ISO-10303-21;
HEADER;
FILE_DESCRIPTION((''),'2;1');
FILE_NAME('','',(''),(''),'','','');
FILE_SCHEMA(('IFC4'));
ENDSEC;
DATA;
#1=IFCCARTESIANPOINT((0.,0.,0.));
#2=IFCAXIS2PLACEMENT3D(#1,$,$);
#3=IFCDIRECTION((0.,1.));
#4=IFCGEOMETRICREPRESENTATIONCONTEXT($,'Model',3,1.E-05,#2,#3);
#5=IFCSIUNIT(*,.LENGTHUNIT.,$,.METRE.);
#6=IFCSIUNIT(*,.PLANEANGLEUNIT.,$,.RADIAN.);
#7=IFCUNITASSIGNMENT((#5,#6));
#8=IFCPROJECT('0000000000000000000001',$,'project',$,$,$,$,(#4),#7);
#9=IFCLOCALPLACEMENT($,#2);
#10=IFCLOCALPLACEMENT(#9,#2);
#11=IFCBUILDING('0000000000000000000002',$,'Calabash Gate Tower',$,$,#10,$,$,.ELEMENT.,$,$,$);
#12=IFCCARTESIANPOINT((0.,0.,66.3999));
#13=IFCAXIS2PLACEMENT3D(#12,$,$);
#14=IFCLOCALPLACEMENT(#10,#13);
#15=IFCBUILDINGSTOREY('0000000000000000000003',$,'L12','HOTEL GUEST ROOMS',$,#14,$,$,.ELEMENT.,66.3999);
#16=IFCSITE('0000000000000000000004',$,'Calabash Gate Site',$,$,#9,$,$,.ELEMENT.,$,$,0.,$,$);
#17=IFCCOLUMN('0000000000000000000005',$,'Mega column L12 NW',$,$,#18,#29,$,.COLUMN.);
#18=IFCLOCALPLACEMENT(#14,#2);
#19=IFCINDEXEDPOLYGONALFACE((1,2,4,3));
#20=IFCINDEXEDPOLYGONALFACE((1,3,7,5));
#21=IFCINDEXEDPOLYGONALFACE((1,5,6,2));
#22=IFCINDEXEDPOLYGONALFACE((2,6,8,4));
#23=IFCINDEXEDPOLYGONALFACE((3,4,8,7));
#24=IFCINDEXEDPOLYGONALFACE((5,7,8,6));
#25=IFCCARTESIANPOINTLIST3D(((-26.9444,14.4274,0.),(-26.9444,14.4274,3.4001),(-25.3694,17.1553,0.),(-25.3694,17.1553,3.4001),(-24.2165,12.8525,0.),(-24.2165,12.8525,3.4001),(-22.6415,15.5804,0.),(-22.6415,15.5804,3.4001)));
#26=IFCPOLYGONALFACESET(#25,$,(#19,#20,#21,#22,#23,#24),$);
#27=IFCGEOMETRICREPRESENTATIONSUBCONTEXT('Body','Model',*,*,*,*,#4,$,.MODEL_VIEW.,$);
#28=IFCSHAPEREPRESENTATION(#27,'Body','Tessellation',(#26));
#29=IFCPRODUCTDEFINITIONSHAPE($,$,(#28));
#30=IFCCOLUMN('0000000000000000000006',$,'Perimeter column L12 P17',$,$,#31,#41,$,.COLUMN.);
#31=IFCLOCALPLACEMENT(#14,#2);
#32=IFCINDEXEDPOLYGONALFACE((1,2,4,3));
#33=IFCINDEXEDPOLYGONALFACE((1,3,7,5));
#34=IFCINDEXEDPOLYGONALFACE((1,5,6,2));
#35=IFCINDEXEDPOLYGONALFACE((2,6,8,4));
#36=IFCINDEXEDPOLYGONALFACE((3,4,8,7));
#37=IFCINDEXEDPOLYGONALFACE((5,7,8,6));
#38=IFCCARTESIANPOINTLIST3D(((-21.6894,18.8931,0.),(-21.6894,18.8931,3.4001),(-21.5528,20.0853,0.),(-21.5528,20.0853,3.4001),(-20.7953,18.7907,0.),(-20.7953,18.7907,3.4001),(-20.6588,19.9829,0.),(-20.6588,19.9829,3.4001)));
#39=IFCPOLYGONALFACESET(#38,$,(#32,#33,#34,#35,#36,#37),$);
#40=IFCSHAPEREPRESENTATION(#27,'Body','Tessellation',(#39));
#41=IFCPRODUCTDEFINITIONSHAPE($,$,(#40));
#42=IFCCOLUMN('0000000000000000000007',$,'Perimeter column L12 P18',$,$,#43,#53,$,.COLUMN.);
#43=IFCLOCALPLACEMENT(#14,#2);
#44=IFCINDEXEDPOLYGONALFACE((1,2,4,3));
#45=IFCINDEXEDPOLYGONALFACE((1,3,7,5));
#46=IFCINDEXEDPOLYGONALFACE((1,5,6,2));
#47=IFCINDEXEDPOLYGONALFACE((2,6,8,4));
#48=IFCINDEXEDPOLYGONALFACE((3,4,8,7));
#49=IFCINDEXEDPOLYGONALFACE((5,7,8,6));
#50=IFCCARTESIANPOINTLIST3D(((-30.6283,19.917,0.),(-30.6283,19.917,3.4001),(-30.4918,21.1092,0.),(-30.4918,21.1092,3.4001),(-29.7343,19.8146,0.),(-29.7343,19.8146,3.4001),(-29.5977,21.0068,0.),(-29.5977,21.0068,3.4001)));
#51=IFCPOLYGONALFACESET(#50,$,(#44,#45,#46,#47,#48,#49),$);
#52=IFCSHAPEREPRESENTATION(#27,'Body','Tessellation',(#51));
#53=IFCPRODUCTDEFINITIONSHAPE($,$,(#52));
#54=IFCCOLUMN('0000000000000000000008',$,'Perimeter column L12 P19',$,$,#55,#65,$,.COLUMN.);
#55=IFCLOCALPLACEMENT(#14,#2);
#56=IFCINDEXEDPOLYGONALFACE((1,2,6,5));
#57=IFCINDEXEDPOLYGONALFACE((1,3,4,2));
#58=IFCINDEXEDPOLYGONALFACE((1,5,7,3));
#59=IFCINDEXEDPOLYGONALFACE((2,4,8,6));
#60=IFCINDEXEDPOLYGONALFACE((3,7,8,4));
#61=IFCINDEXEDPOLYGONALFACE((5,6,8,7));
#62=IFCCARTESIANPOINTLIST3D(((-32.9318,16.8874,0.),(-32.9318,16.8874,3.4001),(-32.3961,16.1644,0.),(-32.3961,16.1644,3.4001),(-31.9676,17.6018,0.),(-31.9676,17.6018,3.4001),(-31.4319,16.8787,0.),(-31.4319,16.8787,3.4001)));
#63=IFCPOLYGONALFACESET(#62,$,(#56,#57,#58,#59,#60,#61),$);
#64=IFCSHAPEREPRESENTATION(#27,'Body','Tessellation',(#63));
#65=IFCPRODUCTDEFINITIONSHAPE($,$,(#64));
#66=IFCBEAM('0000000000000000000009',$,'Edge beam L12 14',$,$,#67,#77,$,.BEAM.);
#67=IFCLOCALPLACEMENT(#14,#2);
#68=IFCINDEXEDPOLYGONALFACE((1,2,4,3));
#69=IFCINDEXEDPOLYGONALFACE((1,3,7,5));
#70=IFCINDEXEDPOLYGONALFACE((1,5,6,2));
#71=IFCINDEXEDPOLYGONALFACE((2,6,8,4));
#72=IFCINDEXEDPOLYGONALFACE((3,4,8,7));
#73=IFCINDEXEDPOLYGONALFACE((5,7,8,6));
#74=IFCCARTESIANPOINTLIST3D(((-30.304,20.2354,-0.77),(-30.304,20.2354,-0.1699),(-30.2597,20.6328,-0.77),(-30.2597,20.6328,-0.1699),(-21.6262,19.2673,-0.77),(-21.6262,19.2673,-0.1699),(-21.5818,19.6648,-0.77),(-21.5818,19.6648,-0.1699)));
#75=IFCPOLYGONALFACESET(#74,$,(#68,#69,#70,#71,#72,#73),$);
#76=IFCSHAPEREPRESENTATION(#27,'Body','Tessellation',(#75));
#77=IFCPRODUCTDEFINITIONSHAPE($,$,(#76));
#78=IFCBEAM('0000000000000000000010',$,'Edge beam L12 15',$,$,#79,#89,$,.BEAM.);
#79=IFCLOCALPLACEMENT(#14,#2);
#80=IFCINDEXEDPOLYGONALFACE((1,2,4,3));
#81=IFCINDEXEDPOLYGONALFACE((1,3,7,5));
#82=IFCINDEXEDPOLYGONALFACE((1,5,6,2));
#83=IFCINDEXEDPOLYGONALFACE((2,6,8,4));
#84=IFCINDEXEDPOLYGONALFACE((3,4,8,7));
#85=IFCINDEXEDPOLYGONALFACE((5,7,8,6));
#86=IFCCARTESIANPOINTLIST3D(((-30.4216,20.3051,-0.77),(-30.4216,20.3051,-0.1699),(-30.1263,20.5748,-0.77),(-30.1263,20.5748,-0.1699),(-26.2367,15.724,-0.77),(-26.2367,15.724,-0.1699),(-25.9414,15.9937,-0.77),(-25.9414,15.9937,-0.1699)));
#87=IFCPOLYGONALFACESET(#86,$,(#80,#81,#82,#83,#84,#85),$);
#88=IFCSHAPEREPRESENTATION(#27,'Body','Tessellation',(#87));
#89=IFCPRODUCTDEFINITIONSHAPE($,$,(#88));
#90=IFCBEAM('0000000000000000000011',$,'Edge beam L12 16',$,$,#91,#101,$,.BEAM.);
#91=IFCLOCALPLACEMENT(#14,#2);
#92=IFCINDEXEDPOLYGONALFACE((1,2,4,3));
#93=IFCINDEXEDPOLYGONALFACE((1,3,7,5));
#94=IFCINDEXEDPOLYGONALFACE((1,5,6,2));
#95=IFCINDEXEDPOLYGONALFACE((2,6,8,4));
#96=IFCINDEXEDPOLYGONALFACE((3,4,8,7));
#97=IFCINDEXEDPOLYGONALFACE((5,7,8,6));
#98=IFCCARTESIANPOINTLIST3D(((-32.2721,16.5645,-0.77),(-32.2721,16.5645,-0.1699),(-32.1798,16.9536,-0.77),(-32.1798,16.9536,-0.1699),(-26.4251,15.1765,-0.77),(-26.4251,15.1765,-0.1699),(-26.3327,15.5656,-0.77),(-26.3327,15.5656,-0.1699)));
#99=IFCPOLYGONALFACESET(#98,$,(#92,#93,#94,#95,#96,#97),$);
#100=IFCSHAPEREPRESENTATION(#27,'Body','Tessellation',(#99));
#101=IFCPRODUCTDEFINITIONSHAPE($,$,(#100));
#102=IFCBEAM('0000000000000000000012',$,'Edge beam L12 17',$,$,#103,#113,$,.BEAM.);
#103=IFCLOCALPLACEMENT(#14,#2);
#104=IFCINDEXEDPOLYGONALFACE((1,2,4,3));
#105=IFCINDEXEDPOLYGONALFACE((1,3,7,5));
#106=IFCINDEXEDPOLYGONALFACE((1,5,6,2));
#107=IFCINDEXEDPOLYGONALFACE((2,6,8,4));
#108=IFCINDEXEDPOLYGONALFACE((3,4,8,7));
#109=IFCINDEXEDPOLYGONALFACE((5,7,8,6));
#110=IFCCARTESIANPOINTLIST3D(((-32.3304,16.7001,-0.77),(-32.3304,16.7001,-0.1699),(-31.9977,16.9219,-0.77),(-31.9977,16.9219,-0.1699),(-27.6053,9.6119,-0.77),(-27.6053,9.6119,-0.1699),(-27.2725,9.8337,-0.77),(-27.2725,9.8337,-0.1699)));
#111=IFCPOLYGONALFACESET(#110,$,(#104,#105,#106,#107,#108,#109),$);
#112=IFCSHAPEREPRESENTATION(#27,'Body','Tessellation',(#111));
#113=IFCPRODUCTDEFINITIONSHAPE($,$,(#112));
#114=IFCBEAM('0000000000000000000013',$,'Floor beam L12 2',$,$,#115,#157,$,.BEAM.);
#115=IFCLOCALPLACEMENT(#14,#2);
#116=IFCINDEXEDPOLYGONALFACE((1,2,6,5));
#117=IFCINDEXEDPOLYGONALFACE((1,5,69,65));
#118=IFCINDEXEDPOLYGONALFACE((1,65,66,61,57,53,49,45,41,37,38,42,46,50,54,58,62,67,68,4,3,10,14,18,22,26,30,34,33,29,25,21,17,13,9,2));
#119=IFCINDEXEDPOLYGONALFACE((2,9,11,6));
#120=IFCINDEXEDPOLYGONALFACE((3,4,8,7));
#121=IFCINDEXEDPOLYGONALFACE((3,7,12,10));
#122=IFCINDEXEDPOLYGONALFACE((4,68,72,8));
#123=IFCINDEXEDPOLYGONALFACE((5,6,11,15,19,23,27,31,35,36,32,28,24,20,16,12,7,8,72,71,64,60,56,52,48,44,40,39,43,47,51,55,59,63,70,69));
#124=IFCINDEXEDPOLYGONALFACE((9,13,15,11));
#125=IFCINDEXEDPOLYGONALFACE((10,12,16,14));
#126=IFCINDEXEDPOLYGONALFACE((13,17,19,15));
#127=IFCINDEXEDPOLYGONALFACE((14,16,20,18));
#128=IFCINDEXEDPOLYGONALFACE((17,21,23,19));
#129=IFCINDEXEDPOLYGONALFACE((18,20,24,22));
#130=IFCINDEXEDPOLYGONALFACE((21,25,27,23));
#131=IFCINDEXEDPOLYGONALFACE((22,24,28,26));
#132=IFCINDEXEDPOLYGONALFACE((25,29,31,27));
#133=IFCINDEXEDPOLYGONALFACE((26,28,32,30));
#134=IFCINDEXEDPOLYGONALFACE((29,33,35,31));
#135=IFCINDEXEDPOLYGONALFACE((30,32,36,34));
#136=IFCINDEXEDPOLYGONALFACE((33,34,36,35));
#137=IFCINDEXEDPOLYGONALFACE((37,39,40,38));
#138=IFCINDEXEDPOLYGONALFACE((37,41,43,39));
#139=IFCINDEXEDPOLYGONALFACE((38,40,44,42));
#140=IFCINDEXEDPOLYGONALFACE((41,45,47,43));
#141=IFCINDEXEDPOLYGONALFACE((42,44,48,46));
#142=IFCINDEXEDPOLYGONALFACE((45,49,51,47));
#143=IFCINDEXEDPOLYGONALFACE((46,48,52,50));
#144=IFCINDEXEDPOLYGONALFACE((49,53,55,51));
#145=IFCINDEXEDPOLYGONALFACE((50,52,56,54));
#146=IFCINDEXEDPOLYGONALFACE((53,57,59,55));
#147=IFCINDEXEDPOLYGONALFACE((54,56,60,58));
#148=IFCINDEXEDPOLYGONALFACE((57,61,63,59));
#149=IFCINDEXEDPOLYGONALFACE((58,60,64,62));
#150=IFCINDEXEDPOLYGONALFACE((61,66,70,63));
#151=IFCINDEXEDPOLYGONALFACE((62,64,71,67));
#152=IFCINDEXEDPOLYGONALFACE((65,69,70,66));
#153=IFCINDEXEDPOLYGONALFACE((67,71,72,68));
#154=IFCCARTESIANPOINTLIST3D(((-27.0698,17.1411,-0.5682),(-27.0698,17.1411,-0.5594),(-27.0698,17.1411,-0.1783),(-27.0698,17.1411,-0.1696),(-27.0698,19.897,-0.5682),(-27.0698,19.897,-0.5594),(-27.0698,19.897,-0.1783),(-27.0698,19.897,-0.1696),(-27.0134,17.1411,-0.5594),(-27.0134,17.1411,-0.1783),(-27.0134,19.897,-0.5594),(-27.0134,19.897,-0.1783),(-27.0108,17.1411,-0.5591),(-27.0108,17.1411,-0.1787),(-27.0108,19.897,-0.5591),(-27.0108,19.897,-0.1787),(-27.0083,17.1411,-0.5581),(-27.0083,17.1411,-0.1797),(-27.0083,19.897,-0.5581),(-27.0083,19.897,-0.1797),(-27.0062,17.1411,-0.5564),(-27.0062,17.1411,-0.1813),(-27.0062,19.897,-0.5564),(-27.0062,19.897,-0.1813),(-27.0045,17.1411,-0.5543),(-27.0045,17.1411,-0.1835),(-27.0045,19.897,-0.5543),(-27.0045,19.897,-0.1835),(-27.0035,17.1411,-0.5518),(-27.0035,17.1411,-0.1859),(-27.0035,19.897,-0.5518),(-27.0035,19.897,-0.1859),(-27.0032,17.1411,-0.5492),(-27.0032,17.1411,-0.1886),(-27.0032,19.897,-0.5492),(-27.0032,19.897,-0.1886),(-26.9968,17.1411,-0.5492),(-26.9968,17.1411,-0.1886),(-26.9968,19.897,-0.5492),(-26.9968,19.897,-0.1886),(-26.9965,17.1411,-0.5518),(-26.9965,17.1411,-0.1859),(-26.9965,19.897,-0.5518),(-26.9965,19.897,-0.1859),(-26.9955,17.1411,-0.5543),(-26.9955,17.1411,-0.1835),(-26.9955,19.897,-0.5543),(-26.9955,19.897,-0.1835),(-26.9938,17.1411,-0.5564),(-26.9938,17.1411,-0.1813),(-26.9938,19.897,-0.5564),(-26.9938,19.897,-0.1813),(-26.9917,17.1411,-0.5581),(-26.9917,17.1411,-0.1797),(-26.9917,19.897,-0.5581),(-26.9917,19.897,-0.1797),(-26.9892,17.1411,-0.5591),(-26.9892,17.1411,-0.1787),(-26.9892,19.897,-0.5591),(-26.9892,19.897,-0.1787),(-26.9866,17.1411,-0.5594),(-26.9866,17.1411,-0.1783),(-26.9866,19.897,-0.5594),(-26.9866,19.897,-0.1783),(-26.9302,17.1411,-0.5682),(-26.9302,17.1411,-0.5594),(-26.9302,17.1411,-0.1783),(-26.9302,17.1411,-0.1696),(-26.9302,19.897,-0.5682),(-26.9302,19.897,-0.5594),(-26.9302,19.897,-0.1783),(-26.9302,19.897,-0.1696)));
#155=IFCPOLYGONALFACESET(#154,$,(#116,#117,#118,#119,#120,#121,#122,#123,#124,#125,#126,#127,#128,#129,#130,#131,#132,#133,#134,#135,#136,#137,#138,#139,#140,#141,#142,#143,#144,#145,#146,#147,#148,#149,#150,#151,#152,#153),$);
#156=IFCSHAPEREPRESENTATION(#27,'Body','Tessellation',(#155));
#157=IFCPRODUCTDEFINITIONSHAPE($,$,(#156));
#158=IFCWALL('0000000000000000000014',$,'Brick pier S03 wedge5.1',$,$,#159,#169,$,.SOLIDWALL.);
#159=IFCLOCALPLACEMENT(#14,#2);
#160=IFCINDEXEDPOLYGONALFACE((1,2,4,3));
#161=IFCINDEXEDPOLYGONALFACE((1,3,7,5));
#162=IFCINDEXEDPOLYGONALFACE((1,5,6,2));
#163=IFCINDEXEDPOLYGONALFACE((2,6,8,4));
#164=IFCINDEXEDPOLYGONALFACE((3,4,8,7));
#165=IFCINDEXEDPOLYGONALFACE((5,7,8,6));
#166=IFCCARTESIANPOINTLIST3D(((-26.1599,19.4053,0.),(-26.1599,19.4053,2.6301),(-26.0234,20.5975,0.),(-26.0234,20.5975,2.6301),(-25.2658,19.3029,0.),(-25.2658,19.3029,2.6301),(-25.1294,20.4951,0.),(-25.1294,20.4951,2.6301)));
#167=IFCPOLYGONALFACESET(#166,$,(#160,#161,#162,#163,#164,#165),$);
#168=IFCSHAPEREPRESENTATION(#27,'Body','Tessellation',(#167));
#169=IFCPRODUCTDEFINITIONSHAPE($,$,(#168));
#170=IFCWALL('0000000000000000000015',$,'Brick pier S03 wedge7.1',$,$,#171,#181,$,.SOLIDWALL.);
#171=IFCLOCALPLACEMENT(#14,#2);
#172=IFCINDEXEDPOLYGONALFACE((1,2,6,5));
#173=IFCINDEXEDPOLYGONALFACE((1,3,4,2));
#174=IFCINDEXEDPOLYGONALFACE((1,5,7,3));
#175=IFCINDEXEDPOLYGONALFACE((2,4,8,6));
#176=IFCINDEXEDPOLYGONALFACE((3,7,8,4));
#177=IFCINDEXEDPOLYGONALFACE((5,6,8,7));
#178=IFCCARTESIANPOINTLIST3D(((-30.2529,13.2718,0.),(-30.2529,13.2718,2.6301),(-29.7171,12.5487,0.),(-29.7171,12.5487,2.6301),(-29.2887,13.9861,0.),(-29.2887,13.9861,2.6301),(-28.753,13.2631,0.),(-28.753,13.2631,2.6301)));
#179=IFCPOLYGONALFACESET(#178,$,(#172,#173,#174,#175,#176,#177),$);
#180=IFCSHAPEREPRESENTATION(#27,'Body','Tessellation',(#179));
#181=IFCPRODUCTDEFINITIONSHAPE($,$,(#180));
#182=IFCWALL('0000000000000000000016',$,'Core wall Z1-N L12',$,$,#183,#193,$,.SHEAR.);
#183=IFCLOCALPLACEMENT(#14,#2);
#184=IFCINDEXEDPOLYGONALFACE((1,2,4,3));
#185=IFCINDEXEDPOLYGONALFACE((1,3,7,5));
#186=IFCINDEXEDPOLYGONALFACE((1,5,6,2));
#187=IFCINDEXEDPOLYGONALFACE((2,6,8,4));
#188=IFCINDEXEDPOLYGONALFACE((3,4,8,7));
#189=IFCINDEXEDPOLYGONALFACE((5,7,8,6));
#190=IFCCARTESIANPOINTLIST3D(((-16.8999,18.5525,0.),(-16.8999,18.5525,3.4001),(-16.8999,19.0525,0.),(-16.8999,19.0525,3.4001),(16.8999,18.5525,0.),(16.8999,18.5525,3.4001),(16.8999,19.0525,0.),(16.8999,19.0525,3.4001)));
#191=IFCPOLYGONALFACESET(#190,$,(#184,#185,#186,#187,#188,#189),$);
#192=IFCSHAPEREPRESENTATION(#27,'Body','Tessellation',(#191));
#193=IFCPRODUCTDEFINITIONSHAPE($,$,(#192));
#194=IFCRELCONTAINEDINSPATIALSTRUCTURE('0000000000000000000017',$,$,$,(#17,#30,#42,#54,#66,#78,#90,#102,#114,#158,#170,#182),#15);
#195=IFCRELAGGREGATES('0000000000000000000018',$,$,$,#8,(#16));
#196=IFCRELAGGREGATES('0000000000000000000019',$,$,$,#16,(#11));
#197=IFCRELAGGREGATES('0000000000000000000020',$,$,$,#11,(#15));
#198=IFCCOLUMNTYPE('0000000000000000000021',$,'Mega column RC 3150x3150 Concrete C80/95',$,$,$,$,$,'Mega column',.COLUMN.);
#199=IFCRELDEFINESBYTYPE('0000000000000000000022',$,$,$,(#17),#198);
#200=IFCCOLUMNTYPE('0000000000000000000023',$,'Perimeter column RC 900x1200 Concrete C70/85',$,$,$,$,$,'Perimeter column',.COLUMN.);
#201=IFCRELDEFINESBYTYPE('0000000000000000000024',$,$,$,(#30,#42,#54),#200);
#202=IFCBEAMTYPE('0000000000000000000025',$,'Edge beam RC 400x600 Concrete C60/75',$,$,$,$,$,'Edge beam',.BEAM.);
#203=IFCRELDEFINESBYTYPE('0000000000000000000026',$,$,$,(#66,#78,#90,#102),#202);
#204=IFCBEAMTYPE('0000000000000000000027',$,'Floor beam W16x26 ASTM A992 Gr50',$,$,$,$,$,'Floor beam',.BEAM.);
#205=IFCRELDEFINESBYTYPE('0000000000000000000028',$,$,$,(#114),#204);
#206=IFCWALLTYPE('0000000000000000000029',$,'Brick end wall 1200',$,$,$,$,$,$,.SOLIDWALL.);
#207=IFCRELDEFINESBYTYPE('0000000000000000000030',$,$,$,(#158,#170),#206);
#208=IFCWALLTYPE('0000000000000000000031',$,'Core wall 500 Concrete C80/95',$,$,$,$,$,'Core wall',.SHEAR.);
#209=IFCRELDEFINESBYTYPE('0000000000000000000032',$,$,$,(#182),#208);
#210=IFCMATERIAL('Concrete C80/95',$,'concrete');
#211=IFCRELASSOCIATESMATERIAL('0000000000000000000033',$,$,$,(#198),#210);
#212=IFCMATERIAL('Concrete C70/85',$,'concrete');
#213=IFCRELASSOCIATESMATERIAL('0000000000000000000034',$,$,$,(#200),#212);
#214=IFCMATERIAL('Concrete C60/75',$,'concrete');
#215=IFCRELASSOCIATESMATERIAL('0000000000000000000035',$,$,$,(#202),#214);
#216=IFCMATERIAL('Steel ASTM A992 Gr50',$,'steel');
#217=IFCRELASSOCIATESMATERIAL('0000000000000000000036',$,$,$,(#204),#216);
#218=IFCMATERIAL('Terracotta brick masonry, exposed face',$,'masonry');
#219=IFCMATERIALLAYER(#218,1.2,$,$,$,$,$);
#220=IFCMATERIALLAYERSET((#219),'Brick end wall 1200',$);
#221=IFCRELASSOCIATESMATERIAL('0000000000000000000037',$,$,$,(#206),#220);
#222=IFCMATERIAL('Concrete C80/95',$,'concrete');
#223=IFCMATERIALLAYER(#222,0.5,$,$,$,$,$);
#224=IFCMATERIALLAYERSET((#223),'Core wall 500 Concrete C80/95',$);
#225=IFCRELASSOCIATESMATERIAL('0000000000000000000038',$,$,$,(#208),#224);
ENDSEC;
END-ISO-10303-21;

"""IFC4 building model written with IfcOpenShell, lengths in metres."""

from ifc_helpers import new_model, si_unit, direction, frame, frame_2d, origin, origin_2d, place, context, subcontext, project, spatial, rectangle, i_section, extrude, material, layer, layer_set, material_profile, profile_set, type_object, element, save


model = new_model("IFC4")

# Units and contexts
model_context = context("Model", 3, precision=1e-05, world=origin(), true_north=direction((0.0, 1.0)))
body_context = subcontext(model_context, "Body", "Model", "MODEL_VIEW")
ifc_project = project(units=[si_unit("LENGTHUNIT", "METRE"), si_unit("PLANEANGLEUNIT", "RADIAN")], contexts=[model_context])

# Site, building, storey
site_placement = place(None, origin())
site = spatial("IfcSite", under=ifc_project, at=site_placement, Name="Calabash Gate Site", CompositionType="ELEMENT", RefElevation=0.0)
building_placement = place(site_placement, origin())
building = spatial("IfcBuilding", under=site, at=building_placement, Name="Calabash Gate Tower", CompositionType="ELEMENT")
storey_placement = place(building_placement, frame((0.0, 0.0, 66.3999)))
storey = spatial("IfcBuildingStorey", under=building, at=storey_placement, Name="L12", Description="HOTEL GUEST ROOMS", CompositionType="ELEMENT", Elevation=66.3999)

# Columns
ifc_material_1 = material(Name="Concrete C80/95", Category="concrete")
ifc_material_profile_1 = material_profile(ifc_material_1, rectangle(XDim=3.1499, YDim=3.1499, at=origin_2d()))
ifc_profile_set_1 = profile_set([ifc_material_profile_1], Name="Concrete C80/95")
column_type_1 = type_object("IfcColumnType", Name="Mega column RC 3150x3150 Concrete C80/95", ElementType="Mega column", PredefinedType="COLUMN", material=ifc_profile_set_1)
column_placement = place(storey_placement, frame((-24.793, 15.0039, 0.0), z_axis=(0.0, 0.0, 1.0), x_axis=(0.866025, -0.5, 0.0)))
element("IfcColumn", 1, at=column_placement, inside=storey, type_object=column_type_1, Name="Mega column L12 NW", PredefinedType="COLUMN", context=body_context, shape_type="SweptSolid", body=[
    extrude(rectangle(XDim=3.1499, YDim=3.1499, at=origin_2d()), origin(), (0.0, 0.0, 1.0), 3.4001),
])
ifc_material_2 = material(Name="Concrete C70/85", Category="concrete")
ifc_material_profile_2 = material_profile(ifc_material_2, rectangle(XDim=0.8999, YDim=1.2, at=origin_2d()))
ifc_profile_set_2 = profile_set([ifc_material_profile_2], Name="Concrete C70/85")
column_type_2 = type_object("IfcColumnType", Name="Perimeter column RC 900x1200 Concrete C70/85", ElementType="Perimeter column", PredefinedType="COLUMN", material=ifc_profile_set_2)
for number, where, z_axis, x_axis, name in (
    (2, (-21.1741, 19.438, 0.0), (0.0, 0.0, 1.0), (-0.993506, 0.113777, 0.0), "Perimeter column L12 P17"),
    (3, (-30.113, 20.4619, 0.0), (0.0, 0.0, 1.0), (-0.993506, 0.113777, 0.0), "Perimeter column L12 P18"),
    (4, (-32.1819, 16.8831, 0.0), (0.0, 0.0, 1.0), (0.595287, -0.803513, 0.0), "Perimeter column L12 P19"),
):
    element("IfcColumn", number, at=place(storey_placement, frame(where, z_axis=z_axis, x_axis=x_axis)), inside=storey, type_object=column_type_2, Name=name, PredefinedType="COLUMN", context=body_context, shape_type="SweptSolid", body=[
        extrude(rectangle(XDim=0.8999, YDim=1.2, at=origin_2d()), origin(), (0.0, 0.0, 1.0), 3.4001),
    ])

# Beams
ifc_material_3 = material(Name="Concrete C60/75", Category="concrete")
ifc_material_profile_3 = material_profile(ifc_material_3, rectangle(XDim=0.3999, YDim=0.6001, at=origin_2d()))
ifc_profile_set_3 = profile_set([ifc_material_profile_3], Name="Concrete C60/75")
beam_type_1 = type_object("IfcBeamType", Name="Edge beam RC 400x600 Concrete C60/75", ElementType="Edge beam", PredefinedType="BEAM", material=ifc_profile_set_3)
beam_1_placement = place(storey_placement, frame((-21.604, 19.4661, -0.47), z_axis=(-0.993836, 0.110861, 0.0), x_axis=(-0.110861, -0.993836, 0.0)))
element("IfcBeam", 5, at=beam_1_placement, inside=storey, type_object=beam_type_1, Name="Edge beam L12 14", PredefinedType="BEAM", context=body_context, shape_type="SweptSolid", body=[
    extrude(rectangle(XDim=0.3999, YDim=0.6001, at=origin_2d()), origin(), (0.0, 0.0, 1.0), 8.7317),
])
beam_2_placement = place(storey_placement, frame((-30.2739, 20.4399, -0.47), z_axis=(0.674455, -0.738316, 0.0), x_axis=(0.738316, 0.674455, 0.0)))
element("IfcBeam", 6, at=beam_2_placement, inside=storey, type_object=beam_type_1, Name="Edge beam L12 15", PredefinedType="BEAM", context=body_context, shape_type="SweptSolid", body=[
    extrude(rectangle(XDim=0.3999, YDim=0.6001, at=origin_2d()), origin(), (0.0, 0.0, 1.0), 6.2048),
])
beam_3_placement = place(storey_placement, frame((-26.3789, 15.3711, -0.47), z_axis=(-0.972965, 0.230952, 0.0), x_axis=(-0.230952, -0.972965, 0.0)))
element("IfcBeam", 7, at=beam_3_placement, inside=storey, type_object=beam_type_1, Name="Edge beam L12 16", PredefinedType="BEAM", context=body_context, shape_type="SweptSolid", body=[
    extrude(rectangle(XDim=0.3999, YDim=0.6001, at=origin_2d()), origin(), (0.0, 0.0, 1.0), 6.0095),
])
beam_4_placement = place(storey_placement, frame((-32.1641, 16.811, -0.47), z_axis=(0.554674, -0.832068, 0.0), x_axis=(0.832068, 0.554674, 0.0)))
element("IfcBeam", 8, at=beam_4_placement, inside=storey, type_object=beam_type_1, Name="Edge beam L12 17", PredefinedType="BEAM", context=body_context, shape_type="SweptSolid", body=[
    extrude(rectangle(XDim=0.3999, YDim=0.6001, at=origin_2d()), origin(), (0.0, 0.0, 1.0), 8.5188),
])
ifc_material_4 = material(Name="Steel ASTM A992 Gr50", Category="steel")
ifc_material_profile_4 = material_profile(ifc_material_4, i_section(OverallWidth=0.1396, OverallDepth=0.3987, WebThickness=0.0063, FlangeThickness=0.0088, FilletRadius=0.0103, at=origin_2d()))
ifc_profile_set_4 = profile_set([ifc_material_profile_4], Name="Steel ASTM A992 Gr50")
beam_type_2 = type_object("IfcBeamType", Name="Floor beam W16x26 ASTM A992 Gr50", ElementType="Floor beam", PredefinedType="BEAM", material=ifc_profile_set_4)
beam_5_placement = place(storey_placement, frame((-27.0, 17.1411, -0.3689), z_axis=(0.0, 1.0, 0.0), x_axis=(-1.0, 0.0, 0.0)))
element("IfcBeam", 9, at=beam_5_placement, inside=storey, type_object=beam_type_2, Name="Floor beam L12 2", PredefinedType="BEAM", context=body_context, shape_type="SweptSolid", body=[
    extrude(i_section(OverallWidth=0.1396, OverallDepth=0.3987, WebThickness=0.0063, FlangeThickness=0.0088, FilletRadius=0.0103, at=origin_2d()), origin(), (0.0, 0.0, 1.0), 2.7559),
])

# Walls
ifc_material_5 = material(Name="Terracotta brick masonry, exposed face", Category="masonry")
ifc_layer_1 = layer(ifc_material_5, 1.2)
ifc_layer_set_1 = layer_set([ifc_layer_1], Name="Brick end wall 1200")
wall_type_1 = type_object("IfcWallType", Name="Brick end wall 1200", PredefinedType="SOLIDWALL", material=ifc_layer_set_1)
for number, where, z_axis, x_axis, name in (
    (10, (-25.7129, 19.354, 0.0), (0.0, 0.0, 1.0), (0.113736, 0.993511, 0.0), "Brick pier S03 wedge5.1"),
    (11, (-29.9851, 12.9102, 0.0), (0.0, 0.0, 1.0), (0.803478, 0.595335, 0.0), "Brick pier S03 wedge7.1"),
):
    element("IfcWall", number, at=place(storey_placement, frame(where, z_axis=z_axis, x_axis=x_axis)), inside=storey, type_object=wall_type_1, Name=name, PredefinedType="SOLIDWALL", context=body_context, shape_type="SweptSolid", body=[
        extrude(rectangle(XDim=1.2, YDim=0.8999, at=frame_2d((0.6001, 0.0))), origin(), (0.0, 0.0, 1.0), 2.6301),
    ])
ifc_material_6 = material(Name="Concrete C80/95", Category="concrete")
ifc_layer_2 = layer(ifc_material_6, 0.5)
ifc_layer_set_2 = layer_set([ifc_layer_2], Name="Core wall 500 Concrete C80/95")
wall_type_2 = type_object("IfcWallType", Name="Core wall 500 Concrete C80/95", ElementType="Core wall", PredefinedType="SHEAR", material=ifc_layer_set_2)
wall_1_placement = place(storey_placement, frame((-16.8999, 18.8025, 0.0), z_axis=(0.0, 0.0, 1.0), x_axis=(1.0, 0.0, 0.0)))
element("IfcWall", 12, at=wall_1_placement, inside=storey, type_object=wall_type_2, Name="Core wall Z1-N L12", PredefinedType="SHEAR", context=body_context, shape_type="SweptSolid", body=[
    extrude(rectangle(XDim=33.7998, YDim=0.5, at=frame_2d((16.8999, 0.0))), origin(), (0.0, 0.0, 1.0), 3.4001),
])

save(model, "model.ifc")
